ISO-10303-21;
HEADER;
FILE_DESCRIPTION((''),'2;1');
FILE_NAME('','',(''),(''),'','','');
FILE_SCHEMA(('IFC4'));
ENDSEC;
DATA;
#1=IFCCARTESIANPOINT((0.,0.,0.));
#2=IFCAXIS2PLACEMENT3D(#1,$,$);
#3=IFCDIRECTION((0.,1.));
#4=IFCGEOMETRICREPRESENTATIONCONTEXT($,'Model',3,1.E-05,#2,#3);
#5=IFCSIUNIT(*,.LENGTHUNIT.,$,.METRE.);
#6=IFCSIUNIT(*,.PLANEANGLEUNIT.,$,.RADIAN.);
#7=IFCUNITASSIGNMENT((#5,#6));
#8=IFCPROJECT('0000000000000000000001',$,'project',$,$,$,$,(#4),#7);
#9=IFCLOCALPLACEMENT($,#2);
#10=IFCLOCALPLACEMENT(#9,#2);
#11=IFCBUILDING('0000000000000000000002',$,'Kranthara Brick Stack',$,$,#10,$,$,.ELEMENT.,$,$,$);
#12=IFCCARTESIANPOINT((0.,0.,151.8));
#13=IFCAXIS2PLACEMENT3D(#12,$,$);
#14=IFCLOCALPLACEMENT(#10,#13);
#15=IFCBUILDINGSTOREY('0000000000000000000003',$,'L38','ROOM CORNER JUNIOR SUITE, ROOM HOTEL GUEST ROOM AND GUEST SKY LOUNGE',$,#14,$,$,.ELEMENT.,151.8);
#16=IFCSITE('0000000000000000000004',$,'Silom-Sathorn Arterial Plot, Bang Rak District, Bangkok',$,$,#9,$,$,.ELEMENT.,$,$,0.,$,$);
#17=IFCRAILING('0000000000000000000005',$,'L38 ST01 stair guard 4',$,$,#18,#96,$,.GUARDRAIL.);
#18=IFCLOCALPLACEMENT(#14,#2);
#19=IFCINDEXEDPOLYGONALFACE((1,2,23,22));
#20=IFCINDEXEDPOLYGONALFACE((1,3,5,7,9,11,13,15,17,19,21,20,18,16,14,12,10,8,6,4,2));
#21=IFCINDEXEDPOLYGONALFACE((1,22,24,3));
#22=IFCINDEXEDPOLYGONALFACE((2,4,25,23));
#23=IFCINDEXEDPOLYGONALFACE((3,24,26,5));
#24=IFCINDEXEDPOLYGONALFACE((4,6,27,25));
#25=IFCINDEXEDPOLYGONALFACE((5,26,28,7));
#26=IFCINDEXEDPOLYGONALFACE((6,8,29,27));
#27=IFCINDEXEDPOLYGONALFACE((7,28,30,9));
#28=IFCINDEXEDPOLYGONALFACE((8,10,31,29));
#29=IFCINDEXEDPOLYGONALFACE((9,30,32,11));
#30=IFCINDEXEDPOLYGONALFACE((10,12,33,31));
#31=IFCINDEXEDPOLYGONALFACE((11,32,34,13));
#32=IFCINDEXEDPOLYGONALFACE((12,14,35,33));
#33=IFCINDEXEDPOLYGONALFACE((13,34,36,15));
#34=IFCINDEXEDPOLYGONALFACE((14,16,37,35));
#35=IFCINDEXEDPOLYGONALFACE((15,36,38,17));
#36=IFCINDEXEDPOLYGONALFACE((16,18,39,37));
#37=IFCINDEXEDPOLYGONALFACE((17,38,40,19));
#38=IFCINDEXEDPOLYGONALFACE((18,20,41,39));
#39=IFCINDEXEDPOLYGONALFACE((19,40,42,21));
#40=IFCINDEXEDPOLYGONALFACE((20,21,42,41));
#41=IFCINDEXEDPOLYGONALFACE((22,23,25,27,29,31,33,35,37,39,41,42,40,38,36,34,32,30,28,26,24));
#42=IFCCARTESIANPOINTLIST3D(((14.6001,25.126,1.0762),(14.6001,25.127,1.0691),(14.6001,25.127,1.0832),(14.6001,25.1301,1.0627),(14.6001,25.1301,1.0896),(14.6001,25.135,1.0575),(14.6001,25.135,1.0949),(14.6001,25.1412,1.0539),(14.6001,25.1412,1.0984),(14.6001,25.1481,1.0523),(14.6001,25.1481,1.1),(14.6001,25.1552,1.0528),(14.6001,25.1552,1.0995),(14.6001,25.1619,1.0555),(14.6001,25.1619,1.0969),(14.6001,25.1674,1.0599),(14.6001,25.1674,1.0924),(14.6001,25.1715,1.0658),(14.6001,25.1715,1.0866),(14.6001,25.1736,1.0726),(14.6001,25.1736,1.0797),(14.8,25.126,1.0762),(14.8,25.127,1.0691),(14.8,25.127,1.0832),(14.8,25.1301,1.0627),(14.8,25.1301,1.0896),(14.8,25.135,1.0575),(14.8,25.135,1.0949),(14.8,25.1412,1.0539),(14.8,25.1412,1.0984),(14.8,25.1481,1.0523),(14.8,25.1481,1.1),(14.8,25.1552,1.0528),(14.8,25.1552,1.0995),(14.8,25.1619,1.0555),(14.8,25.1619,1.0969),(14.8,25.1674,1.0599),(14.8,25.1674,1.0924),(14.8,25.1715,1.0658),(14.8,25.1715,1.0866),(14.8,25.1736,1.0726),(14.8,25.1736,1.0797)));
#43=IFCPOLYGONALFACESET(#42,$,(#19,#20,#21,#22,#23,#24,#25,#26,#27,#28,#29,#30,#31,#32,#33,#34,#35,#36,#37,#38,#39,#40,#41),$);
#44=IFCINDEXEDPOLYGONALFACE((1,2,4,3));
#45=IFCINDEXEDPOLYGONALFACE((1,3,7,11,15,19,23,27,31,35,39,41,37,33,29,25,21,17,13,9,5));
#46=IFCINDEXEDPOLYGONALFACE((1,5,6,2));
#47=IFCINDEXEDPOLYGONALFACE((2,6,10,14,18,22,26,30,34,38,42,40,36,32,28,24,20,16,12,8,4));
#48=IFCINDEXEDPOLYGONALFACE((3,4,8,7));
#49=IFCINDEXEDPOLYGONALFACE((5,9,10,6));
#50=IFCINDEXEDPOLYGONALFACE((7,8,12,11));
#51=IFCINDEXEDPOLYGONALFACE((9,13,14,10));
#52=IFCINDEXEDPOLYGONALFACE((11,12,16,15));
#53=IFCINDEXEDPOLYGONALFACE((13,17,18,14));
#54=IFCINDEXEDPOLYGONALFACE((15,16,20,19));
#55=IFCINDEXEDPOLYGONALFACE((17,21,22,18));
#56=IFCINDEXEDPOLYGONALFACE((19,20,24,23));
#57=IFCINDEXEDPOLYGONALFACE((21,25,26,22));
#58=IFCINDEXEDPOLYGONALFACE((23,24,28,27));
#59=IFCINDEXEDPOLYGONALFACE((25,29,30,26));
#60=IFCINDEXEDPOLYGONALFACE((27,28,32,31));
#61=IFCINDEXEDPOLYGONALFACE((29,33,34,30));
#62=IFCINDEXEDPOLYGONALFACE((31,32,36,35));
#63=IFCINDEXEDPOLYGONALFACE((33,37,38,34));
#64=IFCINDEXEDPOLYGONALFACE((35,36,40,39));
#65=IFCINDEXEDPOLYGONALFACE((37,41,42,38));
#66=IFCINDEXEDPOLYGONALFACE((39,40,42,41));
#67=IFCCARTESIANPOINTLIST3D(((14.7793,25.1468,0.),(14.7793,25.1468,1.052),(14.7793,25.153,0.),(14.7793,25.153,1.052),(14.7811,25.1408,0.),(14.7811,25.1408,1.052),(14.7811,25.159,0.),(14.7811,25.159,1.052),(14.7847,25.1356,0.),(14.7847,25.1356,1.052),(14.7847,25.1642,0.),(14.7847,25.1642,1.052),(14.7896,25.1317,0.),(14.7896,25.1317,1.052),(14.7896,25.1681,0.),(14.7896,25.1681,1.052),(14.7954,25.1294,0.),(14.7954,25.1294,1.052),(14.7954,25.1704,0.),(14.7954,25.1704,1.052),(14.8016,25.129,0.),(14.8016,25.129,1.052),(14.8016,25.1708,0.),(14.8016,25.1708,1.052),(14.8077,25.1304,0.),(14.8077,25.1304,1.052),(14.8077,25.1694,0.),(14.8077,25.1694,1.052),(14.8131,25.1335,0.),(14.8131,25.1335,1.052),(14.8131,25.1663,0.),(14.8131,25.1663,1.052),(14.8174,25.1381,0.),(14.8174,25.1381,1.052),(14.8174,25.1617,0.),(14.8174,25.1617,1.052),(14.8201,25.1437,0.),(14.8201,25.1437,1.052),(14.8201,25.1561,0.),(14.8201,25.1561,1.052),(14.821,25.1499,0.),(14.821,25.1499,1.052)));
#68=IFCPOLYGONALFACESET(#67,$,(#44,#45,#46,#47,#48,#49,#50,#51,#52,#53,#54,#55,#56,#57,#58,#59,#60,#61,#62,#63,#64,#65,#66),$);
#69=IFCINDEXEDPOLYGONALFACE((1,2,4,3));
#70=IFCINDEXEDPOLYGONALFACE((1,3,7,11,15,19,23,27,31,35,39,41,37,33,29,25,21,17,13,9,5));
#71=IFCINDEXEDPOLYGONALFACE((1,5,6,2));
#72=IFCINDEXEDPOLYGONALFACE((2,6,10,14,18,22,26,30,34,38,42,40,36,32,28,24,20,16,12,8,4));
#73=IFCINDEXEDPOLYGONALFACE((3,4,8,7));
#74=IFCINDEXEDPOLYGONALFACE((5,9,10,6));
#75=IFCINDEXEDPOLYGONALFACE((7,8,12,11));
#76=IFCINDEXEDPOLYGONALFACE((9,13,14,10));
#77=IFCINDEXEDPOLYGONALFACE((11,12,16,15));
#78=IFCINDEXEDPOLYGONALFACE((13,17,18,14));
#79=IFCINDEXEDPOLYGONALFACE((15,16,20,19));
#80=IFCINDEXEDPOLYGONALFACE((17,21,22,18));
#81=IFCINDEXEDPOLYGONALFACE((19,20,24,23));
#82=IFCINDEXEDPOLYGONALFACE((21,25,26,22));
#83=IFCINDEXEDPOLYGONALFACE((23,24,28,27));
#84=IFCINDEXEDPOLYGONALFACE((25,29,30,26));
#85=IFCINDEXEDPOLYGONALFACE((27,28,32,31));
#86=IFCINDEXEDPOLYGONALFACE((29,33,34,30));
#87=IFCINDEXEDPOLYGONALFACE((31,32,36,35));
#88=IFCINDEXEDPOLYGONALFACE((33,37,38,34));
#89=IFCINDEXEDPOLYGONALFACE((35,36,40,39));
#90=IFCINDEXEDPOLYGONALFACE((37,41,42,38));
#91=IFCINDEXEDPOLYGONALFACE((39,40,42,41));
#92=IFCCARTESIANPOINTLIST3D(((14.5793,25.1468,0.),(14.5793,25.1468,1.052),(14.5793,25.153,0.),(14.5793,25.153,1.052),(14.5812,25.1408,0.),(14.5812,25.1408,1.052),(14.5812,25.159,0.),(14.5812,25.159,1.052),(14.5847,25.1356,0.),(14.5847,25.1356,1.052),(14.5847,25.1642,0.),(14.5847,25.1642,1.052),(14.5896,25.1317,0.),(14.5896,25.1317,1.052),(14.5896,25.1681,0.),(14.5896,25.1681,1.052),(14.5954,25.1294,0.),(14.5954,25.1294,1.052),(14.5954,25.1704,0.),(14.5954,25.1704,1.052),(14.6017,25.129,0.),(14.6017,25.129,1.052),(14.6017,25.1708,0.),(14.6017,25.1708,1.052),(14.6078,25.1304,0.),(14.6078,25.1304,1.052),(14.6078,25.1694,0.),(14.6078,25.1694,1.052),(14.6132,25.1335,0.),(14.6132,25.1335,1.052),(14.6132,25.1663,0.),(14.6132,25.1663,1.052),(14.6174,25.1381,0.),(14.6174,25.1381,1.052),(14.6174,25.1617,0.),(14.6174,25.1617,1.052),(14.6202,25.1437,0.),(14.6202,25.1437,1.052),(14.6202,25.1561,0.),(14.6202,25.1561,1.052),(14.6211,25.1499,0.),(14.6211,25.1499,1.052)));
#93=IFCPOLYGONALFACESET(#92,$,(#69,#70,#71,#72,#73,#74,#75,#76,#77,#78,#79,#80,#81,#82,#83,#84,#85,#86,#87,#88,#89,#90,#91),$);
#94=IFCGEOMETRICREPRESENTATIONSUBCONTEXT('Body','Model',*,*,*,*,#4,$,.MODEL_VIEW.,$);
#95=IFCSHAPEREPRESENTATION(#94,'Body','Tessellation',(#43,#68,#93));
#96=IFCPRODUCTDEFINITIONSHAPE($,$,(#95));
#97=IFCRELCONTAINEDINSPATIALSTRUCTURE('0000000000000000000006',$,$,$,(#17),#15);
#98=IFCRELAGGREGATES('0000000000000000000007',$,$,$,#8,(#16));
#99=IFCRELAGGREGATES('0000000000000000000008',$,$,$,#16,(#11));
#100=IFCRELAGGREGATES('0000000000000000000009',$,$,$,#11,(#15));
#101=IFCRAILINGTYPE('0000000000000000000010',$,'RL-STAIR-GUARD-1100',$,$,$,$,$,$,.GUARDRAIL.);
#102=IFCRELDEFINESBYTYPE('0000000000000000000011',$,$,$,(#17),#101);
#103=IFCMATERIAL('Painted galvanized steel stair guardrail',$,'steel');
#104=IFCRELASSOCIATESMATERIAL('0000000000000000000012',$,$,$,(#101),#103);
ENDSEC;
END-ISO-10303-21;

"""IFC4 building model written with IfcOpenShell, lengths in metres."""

from ifc_helpers import new_model, si_unit, direction, frame, origin, origin_2d, place, context, subcontext, project, spatial, circle, extrude, material, type_object, element, save


model = new_model("IFC4")

# Units and contexts
model_context = context("Model", 3, precision=1e-05, world=origin(), true_north=direction((0.0, 1.0)))
body_context = subcontext(model_context, "Body", "Model", "MODEL_VIEW")
ifc_project = project(units=[si_unit("LENGTHUNIT", "METRE"), si_unit("PLANEANGLEUNIT", "RADIAN")], contexts=[model_context])

# Site, building, storey
site_placement = place(None, origin())
site = spatial("IfcSite", under=ifc_project, at=site_placement, Name="Silom-Sathorn Arterial Plot, Bang Rak District, Bangkok", CompositionType="ELEMENT", RefElevation=0.0)
building_placement = place(site_placement, origin())
building = spatial("IfcBuilding", under=site, at=building_placement, Name="Kranthara Brick Stack", CompositionType="ELEMENT")
storey_placement = place(building_placement, frame((0.0, 0.0, 151.8)))
storey = spatial("IfcBuildingStorey", under=building, at=storey_placement, Name="L38", Description="ROOM CORNER JUNIOR SUITE, ROOM HOTEL GUEST ROOM AND GUEST SKY LOUNGE", CompositionType="ELEMENT", Elevation=151.8)

# Railing
ifc_material_1 = material(Name="Painted galvanized steel stair guardrail", Category="steel")
railing_type_1 = type_object("IfcRailingType", Name="RL-STAIR-GUARD-1100", PredefinedType="GUARDRAIL", material=ifc_material_1)
railing_1_placement = place(storey_placement, frame((14.8, 25.1499, 0.0)))
element("IfcRailing", 1, at=railing_1_placement, inside=storey, type_object=railing_type_1, Name="L38 ST01 stair guard 4", PredefinedType="GUARDRAIL", context=body_context, shape_type="SweptSolid", body=[
    extrude(circle(Radius=0.0239, at=origin_2d()), frame((0.0, 0.0, 1.0762), z_axis=(-1.0, 0.0, 0.0), x_axis=(0.0, -1.0, 0.0)), (0.0, 0.0, 1.0), 0.2),
    extrude(circle(Radius=0.021, at=origin_2d()), origin(), (0.0, 0.0, 1.0), 1.052),
    extrude(circle(Radius=0.021, at=origin_2d()), frame((-0.2, 0.0, 0.0)), (0.0, 0.0, 1.0), 1.052),
])

save(model, "model.ifc")
